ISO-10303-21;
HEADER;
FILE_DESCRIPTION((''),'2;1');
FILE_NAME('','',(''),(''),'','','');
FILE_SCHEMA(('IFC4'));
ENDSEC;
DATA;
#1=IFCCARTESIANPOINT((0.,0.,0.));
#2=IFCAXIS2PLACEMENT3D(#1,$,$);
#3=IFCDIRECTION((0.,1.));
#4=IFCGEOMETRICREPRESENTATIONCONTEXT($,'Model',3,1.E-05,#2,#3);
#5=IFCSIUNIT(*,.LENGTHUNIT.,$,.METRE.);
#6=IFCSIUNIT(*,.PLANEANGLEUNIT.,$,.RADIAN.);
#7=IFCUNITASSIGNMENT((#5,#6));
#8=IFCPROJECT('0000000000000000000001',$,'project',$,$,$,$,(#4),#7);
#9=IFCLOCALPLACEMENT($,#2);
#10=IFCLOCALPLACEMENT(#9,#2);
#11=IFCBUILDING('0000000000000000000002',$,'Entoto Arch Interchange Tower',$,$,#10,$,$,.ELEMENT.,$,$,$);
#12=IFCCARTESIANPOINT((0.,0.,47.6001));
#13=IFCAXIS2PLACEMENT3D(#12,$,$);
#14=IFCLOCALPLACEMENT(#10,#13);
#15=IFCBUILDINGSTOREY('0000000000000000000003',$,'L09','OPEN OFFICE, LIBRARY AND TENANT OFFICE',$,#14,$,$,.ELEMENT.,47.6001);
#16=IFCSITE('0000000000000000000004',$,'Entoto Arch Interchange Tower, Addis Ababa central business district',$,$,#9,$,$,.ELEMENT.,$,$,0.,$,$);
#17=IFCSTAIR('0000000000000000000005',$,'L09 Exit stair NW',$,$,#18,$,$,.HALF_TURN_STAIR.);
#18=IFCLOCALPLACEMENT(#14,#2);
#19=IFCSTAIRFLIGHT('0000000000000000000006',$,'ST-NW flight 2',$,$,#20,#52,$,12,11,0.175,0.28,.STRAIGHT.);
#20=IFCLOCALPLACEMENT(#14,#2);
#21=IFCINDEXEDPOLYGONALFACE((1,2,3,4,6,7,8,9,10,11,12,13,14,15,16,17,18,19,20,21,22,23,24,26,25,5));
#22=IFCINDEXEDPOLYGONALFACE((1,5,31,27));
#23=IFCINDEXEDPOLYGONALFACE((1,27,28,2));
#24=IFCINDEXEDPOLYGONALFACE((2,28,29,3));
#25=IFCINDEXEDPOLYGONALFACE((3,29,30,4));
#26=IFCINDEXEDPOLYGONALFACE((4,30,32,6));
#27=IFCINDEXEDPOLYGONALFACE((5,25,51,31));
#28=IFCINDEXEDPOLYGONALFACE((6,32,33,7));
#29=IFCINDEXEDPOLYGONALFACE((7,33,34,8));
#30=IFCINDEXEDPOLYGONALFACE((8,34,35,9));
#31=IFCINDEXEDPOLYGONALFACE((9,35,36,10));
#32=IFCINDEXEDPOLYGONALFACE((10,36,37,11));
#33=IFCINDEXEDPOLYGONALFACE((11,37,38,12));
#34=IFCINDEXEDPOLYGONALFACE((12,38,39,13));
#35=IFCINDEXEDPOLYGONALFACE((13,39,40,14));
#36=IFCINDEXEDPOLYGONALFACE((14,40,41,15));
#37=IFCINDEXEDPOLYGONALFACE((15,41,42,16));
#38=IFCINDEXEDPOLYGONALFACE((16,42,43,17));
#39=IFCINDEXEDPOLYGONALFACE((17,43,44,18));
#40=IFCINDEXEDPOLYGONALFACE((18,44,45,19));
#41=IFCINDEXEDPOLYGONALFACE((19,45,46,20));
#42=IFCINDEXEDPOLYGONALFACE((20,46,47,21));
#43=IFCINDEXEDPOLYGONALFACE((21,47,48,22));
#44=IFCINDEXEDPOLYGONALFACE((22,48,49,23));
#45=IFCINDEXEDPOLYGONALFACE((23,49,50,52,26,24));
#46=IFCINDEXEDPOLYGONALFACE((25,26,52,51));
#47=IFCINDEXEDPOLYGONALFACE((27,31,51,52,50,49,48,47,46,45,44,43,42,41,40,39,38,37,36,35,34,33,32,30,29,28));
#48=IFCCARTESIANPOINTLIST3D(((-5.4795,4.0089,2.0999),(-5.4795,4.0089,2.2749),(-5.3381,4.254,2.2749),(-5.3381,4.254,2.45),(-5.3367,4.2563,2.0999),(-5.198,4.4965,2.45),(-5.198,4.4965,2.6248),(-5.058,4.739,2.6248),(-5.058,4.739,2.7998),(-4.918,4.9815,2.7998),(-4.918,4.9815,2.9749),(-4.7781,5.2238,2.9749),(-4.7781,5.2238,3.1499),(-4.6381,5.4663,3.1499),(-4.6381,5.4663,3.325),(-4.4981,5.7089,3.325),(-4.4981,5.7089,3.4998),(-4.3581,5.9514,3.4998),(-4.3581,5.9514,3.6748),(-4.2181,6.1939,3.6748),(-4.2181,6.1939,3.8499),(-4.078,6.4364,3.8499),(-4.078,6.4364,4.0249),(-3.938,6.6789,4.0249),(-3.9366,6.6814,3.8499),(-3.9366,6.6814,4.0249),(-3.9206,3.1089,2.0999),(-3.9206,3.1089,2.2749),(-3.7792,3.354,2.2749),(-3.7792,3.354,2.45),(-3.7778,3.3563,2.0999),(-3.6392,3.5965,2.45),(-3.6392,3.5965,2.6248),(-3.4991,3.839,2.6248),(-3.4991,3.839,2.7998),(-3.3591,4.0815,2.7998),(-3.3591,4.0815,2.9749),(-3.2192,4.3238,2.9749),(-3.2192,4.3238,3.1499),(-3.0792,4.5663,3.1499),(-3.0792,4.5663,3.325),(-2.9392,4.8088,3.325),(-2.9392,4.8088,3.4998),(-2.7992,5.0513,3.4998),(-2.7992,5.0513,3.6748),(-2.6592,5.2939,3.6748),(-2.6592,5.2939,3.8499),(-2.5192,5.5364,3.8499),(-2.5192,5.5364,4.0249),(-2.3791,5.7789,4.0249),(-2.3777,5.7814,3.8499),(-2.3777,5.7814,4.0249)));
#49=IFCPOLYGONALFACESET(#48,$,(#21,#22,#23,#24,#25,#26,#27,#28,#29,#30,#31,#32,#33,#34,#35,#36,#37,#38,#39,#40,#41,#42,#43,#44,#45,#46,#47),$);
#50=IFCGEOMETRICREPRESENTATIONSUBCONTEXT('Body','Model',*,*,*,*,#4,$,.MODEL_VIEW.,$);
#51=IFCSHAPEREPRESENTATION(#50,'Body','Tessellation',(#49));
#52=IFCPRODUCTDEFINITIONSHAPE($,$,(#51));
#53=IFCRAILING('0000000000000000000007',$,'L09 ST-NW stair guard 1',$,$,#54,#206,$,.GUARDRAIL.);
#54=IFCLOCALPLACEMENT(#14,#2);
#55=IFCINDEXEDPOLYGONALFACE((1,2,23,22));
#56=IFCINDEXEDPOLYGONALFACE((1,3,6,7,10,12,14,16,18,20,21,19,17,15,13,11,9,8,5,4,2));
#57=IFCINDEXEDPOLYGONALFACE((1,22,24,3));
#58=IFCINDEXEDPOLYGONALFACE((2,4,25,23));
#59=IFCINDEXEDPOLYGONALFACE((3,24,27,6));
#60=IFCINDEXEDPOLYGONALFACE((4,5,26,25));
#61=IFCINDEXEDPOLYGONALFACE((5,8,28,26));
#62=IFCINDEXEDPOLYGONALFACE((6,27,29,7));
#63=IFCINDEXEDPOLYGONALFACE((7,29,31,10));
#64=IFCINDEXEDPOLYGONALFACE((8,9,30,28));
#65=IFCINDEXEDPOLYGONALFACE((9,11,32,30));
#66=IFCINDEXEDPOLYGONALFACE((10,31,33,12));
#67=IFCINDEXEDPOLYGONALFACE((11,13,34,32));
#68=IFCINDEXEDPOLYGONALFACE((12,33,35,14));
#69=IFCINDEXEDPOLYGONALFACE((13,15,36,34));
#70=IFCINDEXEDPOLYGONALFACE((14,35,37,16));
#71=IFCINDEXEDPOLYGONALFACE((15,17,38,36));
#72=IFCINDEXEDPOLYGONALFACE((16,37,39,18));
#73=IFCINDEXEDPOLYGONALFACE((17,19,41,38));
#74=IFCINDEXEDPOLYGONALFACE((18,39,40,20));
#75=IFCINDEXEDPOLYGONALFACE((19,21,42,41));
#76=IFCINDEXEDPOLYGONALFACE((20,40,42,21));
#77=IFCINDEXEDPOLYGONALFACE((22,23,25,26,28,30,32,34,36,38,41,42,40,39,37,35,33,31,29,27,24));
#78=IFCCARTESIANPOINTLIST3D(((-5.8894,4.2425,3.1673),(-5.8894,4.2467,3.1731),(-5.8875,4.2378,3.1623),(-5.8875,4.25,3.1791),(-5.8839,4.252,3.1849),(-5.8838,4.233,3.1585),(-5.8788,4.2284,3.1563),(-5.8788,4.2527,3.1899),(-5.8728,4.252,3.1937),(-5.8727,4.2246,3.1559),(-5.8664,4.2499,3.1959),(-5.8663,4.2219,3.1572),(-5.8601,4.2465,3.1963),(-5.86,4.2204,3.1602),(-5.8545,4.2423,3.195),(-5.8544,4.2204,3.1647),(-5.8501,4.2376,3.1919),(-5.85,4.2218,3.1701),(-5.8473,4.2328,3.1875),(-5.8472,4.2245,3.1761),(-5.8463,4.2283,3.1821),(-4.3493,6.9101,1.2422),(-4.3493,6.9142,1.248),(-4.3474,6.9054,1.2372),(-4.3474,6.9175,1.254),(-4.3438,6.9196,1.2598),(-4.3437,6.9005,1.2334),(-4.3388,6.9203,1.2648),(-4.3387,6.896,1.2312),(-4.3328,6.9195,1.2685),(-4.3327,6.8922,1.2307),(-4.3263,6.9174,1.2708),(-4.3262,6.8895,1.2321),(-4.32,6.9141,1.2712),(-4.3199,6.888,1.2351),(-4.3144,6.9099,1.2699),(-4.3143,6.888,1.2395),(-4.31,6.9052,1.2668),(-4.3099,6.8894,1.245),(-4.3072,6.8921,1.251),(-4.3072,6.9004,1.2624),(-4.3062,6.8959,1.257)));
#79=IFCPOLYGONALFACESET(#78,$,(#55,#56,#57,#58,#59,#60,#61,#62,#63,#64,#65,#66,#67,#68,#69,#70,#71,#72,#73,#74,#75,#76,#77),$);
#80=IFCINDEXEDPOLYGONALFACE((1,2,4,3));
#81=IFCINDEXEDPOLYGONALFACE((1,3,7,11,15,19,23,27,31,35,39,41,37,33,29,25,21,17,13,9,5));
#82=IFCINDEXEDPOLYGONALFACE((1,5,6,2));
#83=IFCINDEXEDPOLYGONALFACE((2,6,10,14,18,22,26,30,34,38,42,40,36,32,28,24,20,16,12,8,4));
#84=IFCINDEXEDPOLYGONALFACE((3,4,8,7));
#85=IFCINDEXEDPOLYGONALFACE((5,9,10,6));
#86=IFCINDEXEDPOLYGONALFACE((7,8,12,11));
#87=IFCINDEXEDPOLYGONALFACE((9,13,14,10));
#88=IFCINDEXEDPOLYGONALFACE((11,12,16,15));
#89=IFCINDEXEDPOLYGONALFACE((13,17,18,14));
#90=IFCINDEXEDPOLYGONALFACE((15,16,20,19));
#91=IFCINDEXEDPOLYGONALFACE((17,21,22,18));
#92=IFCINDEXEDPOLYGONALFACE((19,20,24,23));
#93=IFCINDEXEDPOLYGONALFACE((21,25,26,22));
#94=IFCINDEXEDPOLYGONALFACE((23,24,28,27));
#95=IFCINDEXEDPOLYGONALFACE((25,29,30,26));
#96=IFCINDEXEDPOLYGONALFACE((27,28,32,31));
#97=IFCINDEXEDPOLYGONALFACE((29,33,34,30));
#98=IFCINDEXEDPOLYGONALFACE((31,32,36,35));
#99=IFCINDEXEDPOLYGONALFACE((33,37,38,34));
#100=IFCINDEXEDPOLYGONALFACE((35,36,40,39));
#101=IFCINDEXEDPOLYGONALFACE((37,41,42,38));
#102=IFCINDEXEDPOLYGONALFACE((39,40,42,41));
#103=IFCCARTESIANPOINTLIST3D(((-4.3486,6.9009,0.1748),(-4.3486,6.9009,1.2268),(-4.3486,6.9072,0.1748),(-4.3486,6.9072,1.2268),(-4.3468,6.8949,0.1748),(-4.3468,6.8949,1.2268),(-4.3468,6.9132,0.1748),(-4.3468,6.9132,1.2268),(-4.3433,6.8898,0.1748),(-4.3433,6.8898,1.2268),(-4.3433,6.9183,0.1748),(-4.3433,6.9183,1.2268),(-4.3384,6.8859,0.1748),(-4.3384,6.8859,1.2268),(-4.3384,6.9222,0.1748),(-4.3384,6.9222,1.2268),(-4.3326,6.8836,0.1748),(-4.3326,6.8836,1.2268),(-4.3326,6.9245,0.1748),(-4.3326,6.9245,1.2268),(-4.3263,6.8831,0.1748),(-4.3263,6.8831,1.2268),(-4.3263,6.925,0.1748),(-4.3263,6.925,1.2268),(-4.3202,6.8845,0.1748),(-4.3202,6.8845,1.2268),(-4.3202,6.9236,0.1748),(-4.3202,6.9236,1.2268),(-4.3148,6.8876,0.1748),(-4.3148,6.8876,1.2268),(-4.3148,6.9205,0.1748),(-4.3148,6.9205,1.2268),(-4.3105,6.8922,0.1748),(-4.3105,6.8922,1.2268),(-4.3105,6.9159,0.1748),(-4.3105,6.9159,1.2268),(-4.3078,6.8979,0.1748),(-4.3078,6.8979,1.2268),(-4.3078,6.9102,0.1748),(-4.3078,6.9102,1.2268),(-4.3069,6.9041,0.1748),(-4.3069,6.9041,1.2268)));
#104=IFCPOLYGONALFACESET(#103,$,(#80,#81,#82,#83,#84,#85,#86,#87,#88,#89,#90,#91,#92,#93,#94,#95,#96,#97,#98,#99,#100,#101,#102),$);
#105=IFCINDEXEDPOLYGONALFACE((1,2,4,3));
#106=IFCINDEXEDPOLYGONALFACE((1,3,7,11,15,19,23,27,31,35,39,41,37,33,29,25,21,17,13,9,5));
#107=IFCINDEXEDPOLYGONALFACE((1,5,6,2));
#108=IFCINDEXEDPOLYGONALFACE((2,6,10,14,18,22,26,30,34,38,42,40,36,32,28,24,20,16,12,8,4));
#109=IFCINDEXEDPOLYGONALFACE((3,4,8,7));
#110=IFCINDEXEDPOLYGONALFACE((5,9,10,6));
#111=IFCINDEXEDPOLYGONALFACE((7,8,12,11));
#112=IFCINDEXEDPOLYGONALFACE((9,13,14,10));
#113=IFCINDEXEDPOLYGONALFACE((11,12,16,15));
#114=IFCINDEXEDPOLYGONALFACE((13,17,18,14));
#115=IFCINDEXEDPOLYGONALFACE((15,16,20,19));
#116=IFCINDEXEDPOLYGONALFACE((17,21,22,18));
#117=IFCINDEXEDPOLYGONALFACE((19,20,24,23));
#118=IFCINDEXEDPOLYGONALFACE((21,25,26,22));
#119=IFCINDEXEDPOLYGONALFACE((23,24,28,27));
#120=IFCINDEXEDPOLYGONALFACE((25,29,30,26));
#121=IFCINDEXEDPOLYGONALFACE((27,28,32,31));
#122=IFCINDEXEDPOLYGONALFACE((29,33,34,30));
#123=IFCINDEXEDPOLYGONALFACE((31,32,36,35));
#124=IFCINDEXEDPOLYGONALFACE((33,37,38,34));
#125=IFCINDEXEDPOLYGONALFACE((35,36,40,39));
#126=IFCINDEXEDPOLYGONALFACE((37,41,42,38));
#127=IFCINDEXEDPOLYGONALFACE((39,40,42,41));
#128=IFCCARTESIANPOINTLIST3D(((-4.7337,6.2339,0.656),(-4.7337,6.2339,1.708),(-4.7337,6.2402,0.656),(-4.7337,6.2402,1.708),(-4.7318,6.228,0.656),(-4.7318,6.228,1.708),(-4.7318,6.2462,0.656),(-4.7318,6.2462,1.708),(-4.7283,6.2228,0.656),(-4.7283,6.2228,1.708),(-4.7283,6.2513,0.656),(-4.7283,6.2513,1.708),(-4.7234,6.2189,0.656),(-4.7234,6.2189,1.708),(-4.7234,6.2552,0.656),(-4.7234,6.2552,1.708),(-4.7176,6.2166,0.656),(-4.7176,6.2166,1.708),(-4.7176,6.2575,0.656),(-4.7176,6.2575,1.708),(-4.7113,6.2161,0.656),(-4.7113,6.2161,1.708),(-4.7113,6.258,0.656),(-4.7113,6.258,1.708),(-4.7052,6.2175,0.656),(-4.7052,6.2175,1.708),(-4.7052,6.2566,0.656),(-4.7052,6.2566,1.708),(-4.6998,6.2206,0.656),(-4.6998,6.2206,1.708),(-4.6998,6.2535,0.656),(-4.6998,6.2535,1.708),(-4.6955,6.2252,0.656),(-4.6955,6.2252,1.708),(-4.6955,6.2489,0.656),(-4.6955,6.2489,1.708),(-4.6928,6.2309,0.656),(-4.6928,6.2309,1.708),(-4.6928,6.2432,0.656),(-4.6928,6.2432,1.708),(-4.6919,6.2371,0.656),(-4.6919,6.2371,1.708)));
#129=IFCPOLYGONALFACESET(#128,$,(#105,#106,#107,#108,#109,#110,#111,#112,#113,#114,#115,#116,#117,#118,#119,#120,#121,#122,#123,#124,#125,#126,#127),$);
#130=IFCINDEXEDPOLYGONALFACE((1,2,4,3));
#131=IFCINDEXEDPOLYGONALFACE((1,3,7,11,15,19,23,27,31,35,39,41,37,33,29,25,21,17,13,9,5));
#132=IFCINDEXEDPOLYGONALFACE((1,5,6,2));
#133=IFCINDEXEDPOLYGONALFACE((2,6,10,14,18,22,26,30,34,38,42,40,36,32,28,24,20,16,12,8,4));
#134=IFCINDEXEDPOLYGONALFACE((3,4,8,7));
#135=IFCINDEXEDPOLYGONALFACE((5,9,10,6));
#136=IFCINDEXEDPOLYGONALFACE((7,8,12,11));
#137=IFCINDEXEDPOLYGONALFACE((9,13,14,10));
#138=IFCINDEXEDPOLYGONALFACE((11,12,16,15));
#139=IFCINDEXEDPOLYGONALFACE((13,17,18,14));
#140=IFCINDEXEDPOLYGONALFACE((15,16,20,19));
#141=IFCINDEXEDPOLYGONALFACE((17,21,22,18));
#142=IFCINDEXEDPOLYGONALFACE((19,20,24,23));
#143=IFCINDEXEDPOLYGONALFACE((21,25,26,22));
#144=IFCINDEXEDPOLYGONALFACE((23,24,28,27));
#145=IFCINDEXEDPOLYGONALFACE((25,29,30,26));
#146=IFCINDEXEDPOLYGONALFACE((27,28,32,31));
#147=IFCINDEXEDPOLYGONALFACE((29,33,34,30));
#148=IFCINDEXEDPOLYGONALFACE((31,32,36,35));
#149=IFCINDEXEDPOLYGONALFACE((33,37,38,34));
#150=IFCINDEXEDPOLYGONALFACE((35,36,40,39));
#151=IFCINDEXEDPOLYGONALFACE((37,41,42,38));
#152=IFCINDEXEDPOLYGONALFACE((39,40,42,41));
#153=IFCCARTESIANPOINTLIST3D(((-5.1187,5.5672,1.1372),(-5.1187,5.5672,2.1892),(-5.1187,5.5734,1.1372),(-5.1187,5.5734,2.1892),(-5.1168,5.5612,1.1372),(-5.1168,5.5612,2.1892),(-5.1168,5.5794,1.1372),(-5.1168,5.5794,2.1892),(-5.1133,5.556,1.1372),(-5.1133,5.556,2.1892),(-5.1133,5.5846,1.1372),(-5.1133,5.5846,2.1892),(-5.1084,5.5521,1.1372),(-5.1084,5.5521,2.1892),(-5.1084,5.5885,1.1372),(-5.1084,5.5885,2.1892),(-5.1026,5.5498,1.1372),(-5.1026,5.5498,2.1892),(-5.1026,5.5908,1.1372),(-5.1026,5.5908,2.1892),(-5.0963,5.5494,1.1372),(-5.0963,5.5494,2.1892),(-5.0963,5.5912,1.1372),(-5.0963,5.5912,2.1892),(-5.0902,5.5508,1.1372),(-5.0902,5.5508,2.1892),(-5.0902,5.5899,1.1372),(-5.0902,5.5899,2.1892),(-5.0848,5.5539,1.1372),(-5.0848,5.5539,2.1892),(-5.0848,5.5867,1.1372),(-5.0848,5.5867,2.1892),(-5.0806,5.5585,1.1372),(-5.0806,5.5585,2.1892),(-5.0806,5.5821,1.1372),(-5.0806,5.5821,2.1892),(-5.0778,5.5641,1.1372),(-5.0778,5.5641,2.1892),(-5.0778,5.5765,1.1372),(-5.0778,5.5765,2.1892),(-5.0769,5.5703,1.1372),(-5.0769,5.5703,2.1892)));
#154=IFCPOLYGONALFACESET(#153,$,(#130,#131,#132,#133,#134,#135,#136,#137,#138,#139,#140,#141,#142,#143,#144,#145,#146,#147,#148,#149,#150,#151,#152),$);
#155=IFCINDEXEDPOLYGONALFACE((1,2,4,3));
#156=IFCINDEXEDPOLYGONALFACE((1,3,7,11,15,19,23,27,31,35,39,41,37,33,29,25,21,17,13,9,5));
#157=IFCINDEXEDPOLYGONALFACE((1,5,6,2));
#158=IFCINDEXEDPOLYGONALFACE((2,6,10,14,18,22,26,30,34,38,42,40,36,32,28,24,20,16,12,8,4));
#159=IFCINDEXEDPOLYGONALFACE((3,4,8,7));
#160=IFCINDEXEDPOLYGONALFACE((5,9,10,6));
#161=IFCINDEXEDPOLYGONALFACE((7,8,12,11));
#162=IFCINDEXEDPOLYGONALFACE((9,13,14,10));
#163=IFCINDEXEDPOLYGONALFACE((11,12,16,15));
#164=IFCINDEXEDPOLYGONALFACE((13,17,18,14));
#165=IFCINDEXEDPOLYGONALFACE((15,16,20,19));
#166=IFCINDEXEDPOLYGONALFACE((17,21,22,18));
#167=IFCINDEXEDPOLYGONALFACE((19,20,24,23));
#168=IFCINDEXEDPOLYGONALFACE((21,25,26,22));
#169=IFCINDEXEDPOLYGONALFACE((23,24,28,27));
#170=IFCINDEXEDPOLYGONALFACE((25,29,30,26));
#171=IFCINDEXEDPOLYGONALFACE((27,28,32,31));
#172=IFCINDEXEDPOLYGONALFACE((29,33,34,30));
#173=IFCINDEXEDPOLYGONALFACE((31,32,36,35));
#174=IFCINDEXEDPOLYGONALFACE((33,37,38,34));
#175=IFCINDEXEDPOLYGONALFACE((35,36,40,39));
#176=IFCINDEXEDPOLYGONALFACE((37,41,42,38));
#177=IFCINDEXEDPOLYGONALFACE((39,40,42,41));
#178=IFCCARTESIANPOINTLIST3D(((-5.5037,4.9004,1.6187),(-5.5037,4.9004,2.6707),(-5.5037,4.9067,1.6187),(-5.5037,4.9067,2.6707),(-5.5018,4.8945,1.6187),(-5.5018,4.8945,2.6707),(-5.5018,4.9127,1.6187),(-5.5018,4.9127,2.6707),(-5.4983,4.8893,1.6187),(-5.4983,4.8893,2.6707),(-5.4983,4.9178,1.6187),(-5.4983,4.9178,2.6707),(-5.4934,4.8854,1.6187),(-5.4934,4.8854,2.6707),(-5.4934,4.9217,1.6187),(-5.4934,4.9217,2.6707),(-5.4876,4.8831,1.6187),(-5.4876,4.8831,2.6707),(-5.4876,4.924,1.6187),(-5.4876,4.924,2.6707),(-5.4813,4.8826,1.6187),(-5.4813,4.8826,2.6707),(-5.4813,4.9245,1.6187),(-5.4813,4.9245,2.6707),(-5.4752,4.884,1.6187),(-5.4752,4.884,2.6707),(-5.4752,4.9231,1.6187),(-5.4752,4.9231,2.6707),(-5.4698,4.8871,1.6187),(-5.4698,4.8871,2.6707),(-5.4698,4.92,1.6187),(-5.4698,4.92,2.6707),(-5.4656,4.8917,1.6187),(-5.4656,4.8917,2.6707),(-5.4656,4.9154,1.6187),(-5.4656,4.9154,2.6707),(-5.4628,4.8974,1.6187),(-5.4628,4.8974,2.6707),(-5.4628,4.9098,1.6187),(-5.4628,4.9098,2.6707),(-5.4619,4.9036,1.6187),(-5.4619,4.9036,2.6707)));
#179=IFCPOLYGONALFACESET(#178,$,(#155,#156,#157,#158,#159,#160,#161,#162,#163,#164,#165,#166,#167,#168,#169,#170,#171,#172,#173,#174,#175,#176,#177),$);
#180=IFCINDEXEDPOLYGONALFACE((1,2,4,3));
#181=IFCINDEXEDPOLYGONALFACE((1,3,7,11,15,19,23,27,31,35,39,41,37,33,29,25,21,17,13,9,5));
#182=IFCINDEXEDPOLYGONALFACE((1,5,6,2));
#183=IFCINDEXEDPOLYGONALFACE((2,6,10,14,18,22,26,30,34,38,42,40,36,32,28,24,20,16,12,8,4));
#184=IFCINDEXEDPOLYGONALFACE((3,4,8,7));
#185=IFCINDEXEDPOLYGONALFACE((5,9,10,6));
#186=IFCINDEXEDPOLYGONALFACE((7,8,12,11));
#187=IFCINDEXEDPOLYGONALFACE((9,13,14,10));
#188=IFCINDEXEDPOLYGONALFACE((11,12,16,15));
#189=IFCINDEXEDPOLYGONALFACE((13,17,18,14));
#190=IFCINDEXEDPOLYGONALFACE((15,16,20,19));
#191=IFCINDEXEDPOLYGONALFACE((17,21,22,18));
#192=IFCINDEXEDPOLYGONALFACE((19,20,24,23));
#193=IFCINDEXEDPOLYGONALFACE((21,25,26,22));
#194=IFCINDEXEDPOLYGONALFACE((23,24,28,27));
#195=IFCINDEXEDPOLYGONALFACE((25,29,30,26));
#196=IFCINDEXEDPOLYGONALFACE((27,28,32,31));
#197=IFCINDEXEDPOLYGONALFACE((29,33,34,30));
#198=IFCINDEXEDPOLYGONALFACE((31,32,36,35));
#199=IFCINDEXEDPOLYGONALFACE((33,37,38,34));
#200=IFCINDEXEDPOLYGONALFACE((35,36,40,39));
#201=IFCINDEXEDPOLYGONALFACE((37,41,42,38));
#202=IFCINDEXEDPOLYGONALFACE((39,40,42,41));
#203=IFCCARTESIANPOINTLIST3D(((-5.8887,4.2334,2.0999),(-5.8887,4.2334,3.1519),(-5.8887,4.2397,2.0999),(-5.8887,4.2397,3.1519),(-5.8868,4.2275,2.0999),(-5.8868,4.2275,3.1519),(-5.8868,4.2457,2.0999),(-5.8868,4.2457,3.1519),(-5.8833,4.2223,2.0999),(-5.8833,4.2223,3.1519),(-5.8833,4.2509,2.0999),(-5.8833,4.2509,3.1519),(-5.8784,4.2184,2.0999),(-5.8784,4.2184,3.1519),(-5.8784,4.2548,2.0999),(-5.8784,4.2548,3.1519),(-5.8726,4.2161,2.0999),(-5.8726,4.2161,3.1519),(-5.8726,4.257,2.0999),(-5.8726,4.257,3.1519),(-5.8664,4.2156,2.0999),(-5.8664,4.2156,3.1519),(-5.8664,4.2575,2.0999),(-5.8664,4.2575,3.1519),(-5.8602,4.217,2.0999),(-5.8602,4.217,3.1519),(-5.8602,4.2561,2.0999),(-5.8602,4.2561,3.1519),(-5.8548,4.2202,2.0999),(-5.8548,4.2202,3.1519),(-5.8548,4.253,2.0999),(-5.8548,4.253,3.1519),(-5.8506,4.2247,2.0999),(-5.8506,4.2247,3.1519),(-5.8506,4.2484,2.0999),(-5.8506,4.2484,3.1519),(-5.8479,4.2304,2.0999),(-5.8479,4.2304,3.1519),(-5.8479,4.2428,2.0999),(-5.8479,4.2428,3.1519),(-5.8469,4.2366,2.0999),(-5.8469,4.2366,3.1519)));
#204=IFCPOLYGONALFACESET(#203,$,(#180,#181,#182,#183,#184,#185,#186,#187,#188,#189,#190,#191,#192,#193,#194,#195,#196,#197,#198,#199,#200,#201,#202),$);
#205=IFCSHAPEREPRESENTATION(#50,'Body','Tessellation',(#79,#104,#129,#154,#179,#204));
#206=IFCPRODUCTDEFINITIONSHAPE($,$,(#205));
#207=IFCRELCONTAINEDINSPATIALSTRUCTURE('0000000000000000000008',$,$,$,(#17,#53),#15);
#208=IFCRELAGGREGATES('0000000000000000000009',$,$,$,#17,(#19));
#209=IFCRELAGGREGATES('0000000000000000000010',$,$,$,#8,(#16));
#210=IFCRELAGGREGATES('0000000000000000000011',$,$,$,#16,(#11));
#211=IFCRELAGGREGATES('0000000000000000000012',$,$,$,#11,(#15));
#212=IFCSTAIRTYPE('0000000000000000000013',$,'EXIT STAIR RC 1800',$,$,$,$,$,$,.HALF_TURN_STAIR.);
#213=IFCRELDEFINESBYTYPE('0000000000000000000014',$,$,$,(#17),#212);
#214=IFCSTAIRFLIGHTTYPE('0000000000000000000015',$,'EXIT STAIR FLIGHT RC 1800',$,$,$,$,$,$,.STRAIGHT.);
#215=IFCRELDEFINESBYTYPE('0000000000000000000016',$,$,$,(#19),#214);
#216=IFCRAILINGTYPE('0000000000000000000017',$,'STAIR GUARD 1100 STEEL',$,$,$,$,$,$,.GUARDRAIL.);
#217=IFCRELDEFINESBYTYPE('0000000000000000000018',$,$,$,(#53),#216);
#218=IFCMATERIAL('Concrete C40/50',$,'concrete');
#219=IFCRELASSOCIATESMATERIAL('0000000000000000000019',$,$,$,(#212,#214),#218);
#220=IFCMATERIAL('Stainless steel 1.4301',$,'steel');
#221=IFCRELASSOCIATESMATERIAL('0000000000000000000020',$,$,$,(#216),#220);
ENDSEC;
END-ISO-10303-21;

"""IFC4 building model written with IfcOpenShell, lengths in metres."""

from ifc_helpers import new_model, si_unit, direction, frame, origin, origin_2d, place, context, subcontext, project, spatial, polyline, circle, outline, extrude, material, type_object, element, aggregate, save


model = new_model("IFC4")

# Units and contexts
model_context = context("Model", 3, precision=1e-05, world=origin(), true_north=direction((0.0, 1.0)))
body_context = subcontext(model_context, "Body", "Model", "MODEL_VIEW")
ifc_project = project(units=[si_unit("LENGTHUNIT", "METRE"), si_unit("PLANEANGLEUNIT", "RADIAN")], contexts=[model_context])

# Site, building, storey
site_placement = place(None, origin())
site = spatial("IfcSite", under=ifc_project, at=site_placement, Name="Entoto Arch Interchange Tower, Addis Ababa central business district", CompositionType="ELEMENT", RefElevation=0.0)
building_placement = place(site_placement, origin())
building = spatial("IfcBuilding", under=site, at=building_placement, Name="Entoto Arch Interchange Tower", CompositionType="ELEMENT")
storey_placement = place(building_placement, frame((0.0, 0.0, 47.6001)))
storey = spatial("IfcBuildingStorey", under=building, at=storey_placement, Name="L09", Description="OPEN OFFICE, LIBRARY AND TENANT OFFICE", CompositionType="ELEMENT", Elevation=47.6001)

# Shared definitions
ifc_material_1 = material(Name="Concrete C40/50", Category="concrete")

# Stair, stair flight
stair_type = type_object("IfcStairType", Name="EXIT STAIR RC 1800", PredefinedType="HALF_TURN_STAIR", material=ifc_material_1)
stair_placement = place(storey_placement, origin())
stair = element("IfcStair", 1, at=stair_placement, inside=storey, type_object=stair_type, Name="L09 Exit stair NW", PredefinedType="HALF_TURN_STAIR")
stair_flight_type = type_object("IfcStairFlightType", Name="EXIT STAIR FLIGHT RC 1800", PredefinedType="STRAIGHT", material=ifc_material_1)
stair_flight_placement = place(storey_placement, frame((-4.6987, 3.5615, 2.0999), z_axis=(0.0, 0.0, 1.0), x_axis=(0.5, 0.866025, 0.0)))
stair_flight = element("IfcStairFlight", 2, at=stair_flight_placement, type_object=stair_flight_type, Name="ST-NW flight 2", NumberOfRisers=12, NumberOfTreads=11, PredefinedType="STRAIGHT", RiserHeight=0.175, TreadLength=0.28, context=body_context, shape_type="SweptSolid", body=[
    extrude(outline(polyline([(-0.0029, 0.0), (-0.0029, 0.175), (0.28, 0.175), (0.28, 0.3501), (0.5601, 0.3501), (0.5601, 0.5249), (0.8401, 0.5249), (0.8401, 0.7), (1.1201, 0.7), (1.1201, 0.875), (1.3999, 0.875), (1.3999, 1.05), (1.6799, 1.05), (1.6799, 1.2251), (1.96, 1.2251), (1.96, 1.3999), (2.24, 1.3999), (2.24, 1.575), (2.52, 1.575), (2.52, 1.75), (2.8, 1.75), (2.8, 1.925), (3.0801, 1.925), (3.083, 1.925), (3.083, 1.75), (0.2827, 0.0), (-0.0029, 0.0)])), frame((0.0, 0.8999, 0.0), z_axis=(0.0, -1.0, 0.0), x_axis=(1.0, 0.0, 0.0)), (0.0, 0.0, 1.0), 1.8),
])
aggregate(stair, [stair_flight])

# Railing
ifc_material_2 = material(Name="Stainless steel 1.4301", Category="steel")
railing_type_1 = type_object("IfcRailingType", Name="STAIR GUARD 1100 STEEL", PredefinedType="GUARDRAIL", material=ifc_material_2)
railing_1_placement = place(storey_placement, frame((-4.3279, 6.9041, 0.1748)))
element("IfcRailing", 3, at=railing_1_placement, inside=storey, type_object=railing_type_1, Name="L09 ST-NW stair guard 1", PredefinedType="GUARDRAIL", context=body_context, shape_type="SweptSolid", body=[
    extrude(circle(Radius=0.0239, at=origin_2d()), frame((0.0, 0.0, 1.0762), z_axis=(-0.423994, -0.734395, 0.529993), x_axis=(0.86603, -0.499992, 0.0)), (0.0, 0.0, 1.0), 3.6323),
    extrude(circle(Radius=0.021, at=origin_2d()), origin(), (0.0, 0.0, 1.0), 1.052),
    extrude(circle(Radius=0.021, at=origin_2d()), frame((-0.385, -0.667, 0.4812)), (0.0, 0.0, 1.0), 1.052),
    extrude(circle(Radius=0.021, at=origin_2d()), frame((-0.77, -1.3337, 0.9624)), (0.0, 0.0, 1.0), 1.052),
    extrude(circle(Radius=0.021, at=origin_2d()), frame((-1.155, -2.0005, 1.4438)), (0.0, 0.0, 1.0), 1.052),
    extrude(circle(Radius=0.021, at=origin_2d()), frame((-1.54, -2.6675, 1.925)), (0.0, 0.0, 1.0), 1.052),
])

save(model, "model.ifc")
